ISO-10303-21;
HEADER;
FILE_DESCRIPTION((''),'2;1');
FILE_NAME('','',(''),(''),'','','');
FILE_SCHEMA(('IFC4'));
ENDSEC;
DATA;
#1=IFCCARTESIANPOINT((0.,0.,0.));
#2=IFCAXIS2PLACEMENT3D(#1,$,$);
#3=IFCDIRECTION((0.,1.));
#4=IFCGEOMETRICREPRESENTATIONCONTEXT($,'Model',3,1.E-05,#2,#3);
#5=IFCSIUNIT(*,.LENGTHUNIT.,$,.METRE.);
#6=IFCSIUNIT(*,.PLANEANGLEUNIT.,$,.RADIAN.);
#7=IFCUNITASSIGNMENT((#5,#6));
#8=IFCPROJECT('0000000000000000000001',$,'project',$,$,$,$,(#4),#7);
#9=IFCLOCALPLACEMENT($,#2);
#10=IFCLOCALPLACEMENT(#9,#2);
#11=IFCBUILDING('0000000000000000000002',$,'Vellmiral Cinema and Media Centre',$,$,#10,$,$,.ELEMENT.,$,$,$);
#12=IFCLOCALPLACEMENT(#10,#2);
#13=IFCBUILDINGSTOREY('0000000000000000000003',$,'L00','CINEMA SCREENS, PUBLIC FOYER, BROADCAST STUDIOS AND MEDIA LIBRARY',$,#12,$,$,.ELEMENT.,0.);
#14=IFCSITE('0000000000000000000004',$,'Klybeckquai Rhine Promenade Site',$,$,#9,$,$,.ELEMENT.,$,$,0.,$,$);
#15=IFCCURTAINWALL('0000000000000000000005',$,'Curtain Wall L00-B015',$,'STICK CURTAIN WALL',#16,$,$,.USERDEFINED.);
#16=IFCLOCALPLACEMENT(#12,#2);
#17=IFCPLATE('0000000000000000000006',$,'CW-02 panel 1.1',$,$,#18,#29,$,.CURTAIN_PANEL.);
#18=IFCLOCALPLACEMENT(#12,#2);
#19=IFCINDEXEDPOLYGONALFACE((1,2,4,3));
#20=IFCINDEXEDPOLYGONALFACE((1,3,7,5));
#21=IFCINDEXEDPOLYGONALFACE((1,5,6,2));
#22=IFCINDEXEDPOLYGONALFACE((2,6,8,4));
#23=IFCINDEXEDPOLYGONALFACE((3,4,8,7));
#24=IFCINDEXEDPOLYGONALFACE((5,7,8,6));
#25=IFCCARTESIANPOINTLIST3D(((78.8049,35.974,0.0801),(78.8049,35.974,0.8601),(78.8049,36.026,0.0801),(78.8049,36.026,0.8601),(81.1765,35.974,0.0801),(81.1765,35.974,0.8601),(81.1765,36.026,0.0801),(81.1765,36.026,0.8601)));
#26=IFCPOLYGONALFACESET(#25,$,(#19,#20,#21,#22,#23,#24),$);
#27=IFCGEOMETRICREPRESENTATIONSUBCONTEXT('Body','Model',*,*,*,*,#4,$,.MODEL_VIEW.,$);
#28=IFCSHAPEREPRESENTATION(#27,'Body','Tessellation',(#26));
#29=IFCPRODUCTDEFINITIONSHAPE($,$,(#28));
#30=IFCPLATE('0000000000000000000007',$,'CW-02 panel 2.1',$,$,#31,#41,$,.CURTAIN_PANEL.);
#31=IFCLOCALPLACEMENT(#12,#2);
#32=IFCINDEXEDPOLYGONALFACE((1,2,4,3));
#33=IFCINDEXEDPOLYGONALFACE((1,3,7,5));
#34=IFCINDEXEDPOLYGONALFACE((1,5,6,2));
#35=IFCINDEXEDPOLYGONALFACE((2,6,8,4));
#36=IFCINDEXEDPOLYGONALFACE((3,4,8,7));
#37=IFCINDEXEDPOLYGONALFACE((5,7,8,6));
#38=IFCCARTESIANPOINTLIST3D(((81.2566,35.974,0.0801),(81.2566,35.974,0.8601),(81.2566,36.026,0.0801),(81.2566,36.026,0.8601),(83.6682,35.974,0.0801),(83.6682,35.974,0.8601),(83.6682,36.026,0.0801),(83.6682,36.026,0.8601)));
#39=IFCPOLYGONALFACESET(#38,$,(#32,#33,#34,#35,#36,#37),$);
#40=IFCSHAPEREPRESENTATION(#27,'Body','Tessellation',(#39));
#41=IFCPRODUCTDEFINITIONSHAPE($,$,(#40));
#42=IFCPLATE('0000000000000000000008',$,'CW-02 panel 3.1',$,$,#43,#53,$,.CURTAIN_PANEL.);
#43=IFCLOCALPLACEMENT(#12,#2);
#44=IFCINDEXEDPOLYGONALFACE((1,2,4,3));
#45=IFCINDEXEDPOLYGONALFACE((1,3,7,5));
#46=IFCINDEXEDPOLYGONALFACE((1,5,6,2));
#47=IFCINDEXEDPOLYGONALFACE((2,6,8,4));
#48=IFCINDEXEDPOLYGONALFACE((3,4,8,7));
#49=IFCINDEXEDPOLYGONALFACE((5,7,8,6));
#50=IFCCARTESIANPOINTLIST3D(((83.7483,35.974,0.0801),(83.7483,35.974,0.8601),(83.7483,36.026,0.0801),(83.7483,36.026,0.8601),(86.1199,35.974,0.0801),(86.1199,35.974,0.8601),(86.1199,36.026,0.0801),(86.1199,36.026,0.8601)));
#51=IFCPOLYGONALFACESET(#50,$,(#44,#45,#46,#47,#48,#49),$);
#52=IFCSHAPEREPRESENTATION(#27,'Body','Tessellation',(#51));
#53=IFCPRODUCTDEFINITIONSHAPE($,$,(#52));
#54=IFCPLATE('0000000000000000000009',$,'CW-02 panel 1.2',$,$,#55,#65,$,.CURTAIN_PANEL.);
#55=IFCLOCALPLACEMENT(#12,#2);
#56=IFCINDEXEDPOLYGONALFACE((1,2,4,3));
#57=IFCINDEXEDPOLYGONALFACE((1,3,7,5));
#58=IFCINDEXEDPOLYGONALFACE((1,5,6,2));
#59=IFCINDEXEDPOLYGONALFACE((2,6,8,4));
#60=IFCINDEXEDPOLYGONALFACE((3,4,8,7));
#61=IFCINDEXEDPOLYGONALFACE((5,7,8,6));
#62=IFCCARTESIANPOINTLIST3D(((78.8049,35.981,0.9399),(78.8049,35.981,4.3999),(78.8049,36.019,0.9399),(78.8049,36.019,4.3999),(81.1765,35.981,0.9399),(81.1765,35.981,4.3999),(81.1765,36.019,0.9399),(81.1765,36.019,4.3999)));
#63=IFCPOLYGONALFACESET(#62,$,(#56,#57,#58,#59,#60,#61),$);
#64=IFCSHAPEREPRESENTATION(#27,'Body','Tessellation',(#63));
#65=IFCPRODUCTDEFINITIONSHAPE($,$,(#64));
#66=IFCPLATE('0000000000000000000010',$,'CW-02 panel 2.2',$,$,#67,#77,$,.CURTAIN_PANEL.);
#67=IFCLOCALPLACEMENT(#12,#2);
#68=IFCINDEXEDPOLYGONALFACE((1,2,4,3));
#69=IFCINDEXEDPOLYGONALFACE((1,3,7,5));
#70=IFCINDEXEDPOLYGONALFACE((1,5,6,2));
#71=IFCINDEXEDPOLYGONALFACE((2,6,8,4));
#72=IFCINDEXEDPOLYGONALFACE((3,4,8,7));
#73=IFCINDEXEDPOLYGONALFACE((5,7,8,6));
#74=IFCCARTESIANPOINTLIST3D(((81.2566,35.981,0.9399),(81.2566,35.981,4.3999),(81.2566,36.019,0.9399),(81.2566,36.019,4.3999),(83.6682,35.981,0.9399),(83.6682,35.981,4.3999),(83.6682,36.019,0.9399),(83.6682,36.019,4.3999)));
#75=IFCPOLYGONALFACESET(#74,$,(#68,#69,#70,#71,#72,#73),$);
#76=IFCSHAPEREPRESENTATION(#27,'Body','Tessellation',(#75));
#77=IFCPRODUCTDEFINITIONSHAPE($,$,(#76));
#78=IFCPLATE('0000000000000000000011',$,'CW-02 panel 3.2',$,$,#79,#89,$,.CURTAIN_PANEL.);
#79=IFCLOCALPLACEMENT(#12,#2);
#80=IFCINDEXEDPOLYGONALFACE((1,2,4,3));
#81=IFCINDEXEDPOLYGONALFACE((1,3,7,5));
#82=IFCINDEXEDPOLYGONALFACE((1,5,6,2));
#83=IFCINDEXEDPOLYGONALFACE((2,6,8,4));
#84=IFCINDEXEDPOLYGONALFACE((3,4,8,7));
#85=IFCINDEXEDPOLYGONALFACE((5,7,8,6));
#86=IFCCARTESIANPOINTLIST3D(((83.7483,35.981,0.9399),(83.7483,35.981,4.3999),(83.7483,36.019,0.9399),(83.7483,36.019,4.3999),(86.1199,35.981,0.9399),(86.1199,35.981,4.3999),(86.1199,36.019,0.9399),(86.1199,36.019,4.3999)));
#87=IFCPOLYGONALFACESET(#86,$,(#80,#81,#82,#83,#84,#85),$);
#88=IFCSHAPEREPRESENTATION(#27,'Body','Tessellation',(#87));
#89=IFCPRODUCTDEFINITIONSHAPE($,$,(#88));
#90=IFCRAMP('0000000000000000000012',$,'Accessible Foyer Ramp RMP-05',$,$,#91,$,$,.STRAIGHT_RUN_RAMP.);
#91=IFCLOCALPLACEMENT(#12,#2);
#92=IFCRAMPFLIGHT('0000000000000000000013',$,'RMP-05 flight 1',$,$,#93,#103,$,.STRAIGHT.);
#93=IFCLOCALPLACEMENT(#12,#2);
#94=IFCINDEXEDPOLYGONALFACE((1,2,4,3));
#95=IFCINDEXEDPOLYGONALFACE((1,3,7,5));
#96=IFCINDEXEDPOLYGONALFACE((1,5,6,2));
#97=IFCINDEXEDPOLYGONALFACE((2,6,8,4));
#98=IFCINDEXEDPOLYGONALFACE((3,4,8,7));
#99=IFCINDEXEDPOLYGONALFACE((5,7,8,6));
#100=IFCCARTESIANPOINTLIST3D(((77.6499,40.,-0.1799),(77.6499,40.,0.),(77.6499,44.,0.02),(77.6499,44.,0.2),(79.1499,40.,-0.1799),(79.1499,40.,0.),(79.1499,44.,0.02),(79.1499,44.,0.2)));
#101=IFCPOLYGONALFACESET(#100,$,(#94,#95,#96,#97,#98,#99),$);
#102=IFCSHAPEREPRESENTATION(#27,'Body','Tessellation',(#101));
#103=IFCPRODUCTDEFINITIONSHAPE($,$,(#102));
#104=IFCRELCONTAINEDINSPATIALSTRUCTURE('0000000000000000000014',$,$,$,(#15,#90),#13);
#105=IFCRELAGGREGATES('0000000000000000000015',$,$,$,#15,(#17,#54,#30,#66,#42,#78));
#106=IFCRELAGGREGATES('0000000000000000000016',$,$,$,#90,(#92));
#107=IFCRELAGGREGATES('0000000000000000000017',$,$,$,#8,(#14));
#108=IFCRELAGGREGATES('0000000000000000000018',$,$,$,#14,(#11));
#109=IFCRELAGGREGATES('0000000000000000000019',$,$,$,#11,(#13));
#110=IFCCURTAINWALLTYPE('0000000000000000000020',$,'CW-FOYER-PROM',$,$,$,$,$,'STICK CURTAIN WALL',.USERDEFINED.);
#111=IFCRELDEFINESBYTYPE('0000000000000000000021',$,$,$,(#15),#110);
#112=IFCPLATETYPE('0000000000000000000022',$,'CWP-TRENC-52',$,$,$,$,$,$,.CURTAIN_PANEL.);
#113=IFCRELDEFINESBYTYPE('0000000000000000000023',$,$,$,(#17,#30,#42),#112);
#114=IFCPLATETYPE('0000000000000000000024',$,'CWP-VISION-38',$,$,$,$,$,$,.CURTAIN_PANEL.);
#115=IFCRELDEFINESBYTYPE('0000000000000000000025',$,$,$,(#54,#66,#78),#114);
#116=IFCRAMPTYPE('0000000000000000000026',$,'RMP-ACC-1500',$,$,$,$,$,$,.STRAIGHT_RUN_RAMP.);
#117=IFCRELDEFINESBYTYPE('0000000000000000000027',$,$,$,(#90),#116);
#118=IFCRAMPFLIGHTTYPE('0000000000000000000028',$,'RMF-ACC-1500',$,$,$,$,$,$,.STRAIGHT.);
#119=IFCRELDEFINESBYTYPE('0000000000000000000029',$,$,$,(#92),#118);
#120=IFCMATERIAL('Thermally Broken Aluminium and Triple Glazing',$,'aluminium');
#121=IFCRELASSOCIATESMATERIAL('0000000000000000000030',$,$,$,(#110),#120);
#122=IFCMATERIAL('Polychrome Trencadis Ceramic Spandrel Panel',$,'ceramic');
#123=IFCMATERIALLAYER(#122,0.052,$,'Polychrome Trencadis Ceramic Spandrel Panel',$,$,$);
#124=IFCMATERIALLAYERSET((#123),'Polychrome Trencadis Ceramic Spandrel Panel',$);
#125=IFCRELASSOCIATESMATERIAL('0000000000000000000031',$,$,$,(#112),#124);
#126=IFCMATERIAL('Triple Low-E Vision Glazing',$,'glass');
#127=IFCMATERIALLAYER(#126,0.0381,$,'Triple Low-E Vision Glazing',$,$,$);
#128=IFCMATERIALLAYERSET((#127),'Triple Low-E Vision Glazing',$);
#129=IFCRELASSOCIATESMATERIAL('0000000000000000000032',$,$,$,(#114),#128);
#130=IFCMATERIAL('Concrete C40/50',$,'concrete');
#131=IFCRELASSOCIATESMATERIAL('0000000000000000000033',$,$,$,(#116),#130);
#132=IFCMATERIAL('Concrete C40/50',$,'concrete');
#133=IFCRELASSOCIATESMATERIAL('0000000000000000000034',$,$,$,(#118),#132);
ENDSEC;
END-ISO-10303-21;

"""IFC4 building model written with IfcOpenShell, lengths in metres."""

from ifc_helpers import new_model, si_unit, direction, frame, origin, origin_2d, place, context, subcontext, project, spatial, polyline, rectangle, outline, extrude, material, layer, layer_set, type_object, element, aggregate, save


model = new_model("IFC4")

# Units and contexts
model_context = context("Model", 3, precision=1e-05, world=origin(), true_north=direction((0.0, 1.0)))
body_context = subcontext(model_context, "Body", "Model", "MODEL_VIEW")
ifc_project = project(units=[si_unit("LENGTHUNIT", "METRE"), si_unit("PLANEANGLEUNIT", "RADIAN")], contexts=[model_context])

# Site, building, storey
site_placement = place(None, origin())
site = spatial("IfcSite", under=ifc_project, at=site_placement, Name="Klybeckquai Rhine Promenade Site", CompositionType="ELEMENT", RefElevation=0.0)
building_placement = place(site_placement, origin())
building = spatial("IfcBuilding", under=site, at=building_placement, Name="Vellmiral Cinema and Media Centre", CompositionType="ELEMENT")
storey_placement = place(building_placement, origin())
storey = spatial("IfcBuildingStorey", under=building, at=storey_placement, Name="L00", Description="CINEMA SCREENS, PUBLIC FOYER, BROADCAST STUDIOS AND MEDIA LIBRARY", CompositionType="ELEMENT", Elevation=0.0)

# Curtain wall, plates
ifc_material_1 = material(Name="Thermally Broken Aluminium and Triple Glazing", Category="aluminium")
curtain_wall_type = type_object("IfcCurtainWallType", Name="CW-FOYER-PROM", ElementType="STICK CURTAIN WALL", PredefinedType="USERDEFINED", material=ifc_material_1)
curtain_wall_placement = place(storey_placement, origin())
curtain_wall = element("IfcCurtainWall", 1, at=curtain_wall_placement, inside=storey, type_object=curtain_wall_type, Name="Curtain Wall L00-B015", ObjectType="STICK CURTAIN WALL", PredefinedType="USERDEFINED")
ifc_material_2 = material(Name="Polychrome Trencadis Ceramic Spandrel Panel", Category="ceramic")
ifc_layer_1 = layer(ifc_material_2, 0.052, Name="Polychrome Trencadis Ceramic Spandrel Panel")
ifc_layer_set_1 = layer_set([ifc_layer_1], Name="Polychrome Trencadis Ceramic Spandrel Panel")
plate_type_1 = type_object("IfcPlateType", Name="CWP-TRENC-52", PredefinedType="CURTAIN_PANEL", material=ifc_layer_set_1)
plate_1_placement = place(storey_placement, frame((79.9907, 36.0, 0.0801), z_axis=(0.0, 0.0, 1.0), x_axis=(1.0, 0.0, 0.0)))
plate_1 = element("IfcPlate", 2, at=plate_1_placement, type_object=plate_type_1, Name="CW-02 panel 1.1", PredefinedType="CURTAIN_PANEL", context=body_context, shape_type="SweptSolid", body=[
    extrude(rectangle(XDim=2.3716, YDim=0.052, at=origin_2d()), origin(), (0.0, 0.0, 1.0), 0.78),
])
plate_2_placement = place(storey_placement, frame((82.4624, 36.0, 0.0801), z_axis=(0.0, 0.0, 1.0), x_axis=(1.0, 0.0, 0.0)))
plate_2 = element("IfcPlate", 3, at=plate_2_placement, type_object=plate_type_1, Name="CW-02 panel 2.1", PredefinedType="CURTAIN_PANEL", context=body_context, shape_type="SweptSolid", body=[
    extrude(rectangle(XDim=2.4116, YDim=0.052, at=origin_2d()), origin(), (0.0, 0.0, 1.0), 0.78),
])
plate_3_placement = place(storey_placement, frame((84.9341, 36.0, 0.0801), z_axis=(0.0, 0.0, 1.0), x_axis=(1.0, 0.0, 0.0)))
plate_3 = element("IfcPlate", 4, at=plate_3_placement, type_object=plate_type_1, Name="CW-02 panel 3.1", PredefinedType="CURTAIN_PANEL", context=body_context, shape_type="SweptSolid", body=[
    extrude(rectangle(XDim=2.3716, YDim=0.052, at=origin_2d()), origin(), (0.0, 0.0, 1.0), 0.78),
])
ifc_material_3 = material(Name="Triple Low-E Vision Glazing", Category="glass")
ifc_layer_2 = layer(ifc_material_3, 0.0381, Name="Triple Low-E Vision Glazing")
ifc_layer_set_2 = layer_set([ifc_layer_2], Name="Triple Low-E Vision Glazing")
plate_type_2 = type_object("IfcPlateType", Name="CWP-VISION-38", PredefinedType="CURTAIN_PANEL", material=ifc_layer_set_2)
plate_4_placement = place(storey_placement, frame((79.9907, 36.0, 0.9399), z_axis=(0.0, 0.0, 1.0), x_axis=(1.0, 0.0, 0.0)))
plate_4 = element("IfcPlate", 5, at=plate_4_placement, type_object=plate_type_2, Name="CW-02 panel 1.2", PredefinedType="CURTAIN_PANEL", context=body_context, shape_type="SweptSolid", body=[
    extrude(rectangle(XDim=2.3716, YDim=0.0381, at=origin_2d()), origin(), (0.0, 0.0, 1.0), 3.46),
])
plate_5_placement = place(storey_placement, frame((82.4624, 36.0, 0.9399), z_axis=(0.0, 0.0, 1.0), x_axis=(1.0, 0.0, 0.0)))
plate_5 = element("IfcPlate", 6, at=plate_5_placement, type_object=plate_type_2, Name="CW-02 panel 2.2", PredefinedType="CURTAIN_PANEL", context=body_context, shape_type="SweptSolid", body=[
    extrude(rectangle(XDim=2.4116, YDim=0.0381, at=origin_2d()), origin(), (0.0, 0.0, 1.0), 3.46),
])
plate_6_placement = place(storey_placement, frame((84.9341, 36.0, 0.9399), z_axis=(0.0, 0.0, 1.0), x_axis=(1.0, 0.0, 0.0)))
plate_6 = element("IfcPlate", 7, at=plate_6_placement, type_object=plate_type_2, Name="CW-02 panel 3.2", PredefinedType="CURTAIN_PANEL", context=body_context, shape_type="SweptSolid", body=[
    extrude(rectangle(XDim=2.3716, YDim=0.0381, at=origin_2d()), origin(), (0.0, 0.0, 1.0), 3.46),
])
aggregate(curtain_wall, [plate_1, plate_4, plate_2, plate_5, plate_3, plate_6])

# Ramp, ramp flight
ifc_material_4 = material(Name="Concrete C40/50", Category="concrete")
ramp_type = type_object("IfcRampType", Name="RMP-ACC-1500", PredefinedType="STRAIGHT_RUN_RAMP", material=ifc_material_4)
ramp_placement = place(storey_placement, origin())
ramp = element("IfcRamp", 8, at=ramp_placement, inside=storey, type_object=ramp_type, Name="Accessible Foyer Ramp RMP-05", PredefinedType="STRAIGHT_RUN_RAMP")
ifc_material_5 = material(Name="Concrete C40/50", Category="concrete")
ramp_flight_type = type_object("IfcRampFlightType", Name="RMF-ACC-1500", PredefinedType="STRAIGHT", material=ifc_material_5)
ramp_flight_placement = place(storey_placement, frame((78.3999, 40.0, 0.0), z_axis=(0.0, 0.0, 1.0), x_axis=(0.0, 1.0, 0.0)))
ramp_flight = element("IfcRampFlight", 9, at=ramp_flight_placement, type_object=ramp_flight_type, Name="RMP-05 flight 1", PredefinedType="STRAIGHT", context=body_context, shape_type="SweptSolid", body=[
    extrude(outline(polyline([(0.0, -0.1799), (0.0, 0.0), (4.0, 0.2), (4.0, 0.02), (0.0, -0.1799)])), frame((0.0, 0.75, 0.0), z_axis=(0.0, -1.0, 0.0), x_axis=(1.0, 0.0, 0.0)), (0.0, 0.0, 1.0), 1.5),
])
aggregate(ramp, [ramp_flight])

save(model, "model.ifc")
